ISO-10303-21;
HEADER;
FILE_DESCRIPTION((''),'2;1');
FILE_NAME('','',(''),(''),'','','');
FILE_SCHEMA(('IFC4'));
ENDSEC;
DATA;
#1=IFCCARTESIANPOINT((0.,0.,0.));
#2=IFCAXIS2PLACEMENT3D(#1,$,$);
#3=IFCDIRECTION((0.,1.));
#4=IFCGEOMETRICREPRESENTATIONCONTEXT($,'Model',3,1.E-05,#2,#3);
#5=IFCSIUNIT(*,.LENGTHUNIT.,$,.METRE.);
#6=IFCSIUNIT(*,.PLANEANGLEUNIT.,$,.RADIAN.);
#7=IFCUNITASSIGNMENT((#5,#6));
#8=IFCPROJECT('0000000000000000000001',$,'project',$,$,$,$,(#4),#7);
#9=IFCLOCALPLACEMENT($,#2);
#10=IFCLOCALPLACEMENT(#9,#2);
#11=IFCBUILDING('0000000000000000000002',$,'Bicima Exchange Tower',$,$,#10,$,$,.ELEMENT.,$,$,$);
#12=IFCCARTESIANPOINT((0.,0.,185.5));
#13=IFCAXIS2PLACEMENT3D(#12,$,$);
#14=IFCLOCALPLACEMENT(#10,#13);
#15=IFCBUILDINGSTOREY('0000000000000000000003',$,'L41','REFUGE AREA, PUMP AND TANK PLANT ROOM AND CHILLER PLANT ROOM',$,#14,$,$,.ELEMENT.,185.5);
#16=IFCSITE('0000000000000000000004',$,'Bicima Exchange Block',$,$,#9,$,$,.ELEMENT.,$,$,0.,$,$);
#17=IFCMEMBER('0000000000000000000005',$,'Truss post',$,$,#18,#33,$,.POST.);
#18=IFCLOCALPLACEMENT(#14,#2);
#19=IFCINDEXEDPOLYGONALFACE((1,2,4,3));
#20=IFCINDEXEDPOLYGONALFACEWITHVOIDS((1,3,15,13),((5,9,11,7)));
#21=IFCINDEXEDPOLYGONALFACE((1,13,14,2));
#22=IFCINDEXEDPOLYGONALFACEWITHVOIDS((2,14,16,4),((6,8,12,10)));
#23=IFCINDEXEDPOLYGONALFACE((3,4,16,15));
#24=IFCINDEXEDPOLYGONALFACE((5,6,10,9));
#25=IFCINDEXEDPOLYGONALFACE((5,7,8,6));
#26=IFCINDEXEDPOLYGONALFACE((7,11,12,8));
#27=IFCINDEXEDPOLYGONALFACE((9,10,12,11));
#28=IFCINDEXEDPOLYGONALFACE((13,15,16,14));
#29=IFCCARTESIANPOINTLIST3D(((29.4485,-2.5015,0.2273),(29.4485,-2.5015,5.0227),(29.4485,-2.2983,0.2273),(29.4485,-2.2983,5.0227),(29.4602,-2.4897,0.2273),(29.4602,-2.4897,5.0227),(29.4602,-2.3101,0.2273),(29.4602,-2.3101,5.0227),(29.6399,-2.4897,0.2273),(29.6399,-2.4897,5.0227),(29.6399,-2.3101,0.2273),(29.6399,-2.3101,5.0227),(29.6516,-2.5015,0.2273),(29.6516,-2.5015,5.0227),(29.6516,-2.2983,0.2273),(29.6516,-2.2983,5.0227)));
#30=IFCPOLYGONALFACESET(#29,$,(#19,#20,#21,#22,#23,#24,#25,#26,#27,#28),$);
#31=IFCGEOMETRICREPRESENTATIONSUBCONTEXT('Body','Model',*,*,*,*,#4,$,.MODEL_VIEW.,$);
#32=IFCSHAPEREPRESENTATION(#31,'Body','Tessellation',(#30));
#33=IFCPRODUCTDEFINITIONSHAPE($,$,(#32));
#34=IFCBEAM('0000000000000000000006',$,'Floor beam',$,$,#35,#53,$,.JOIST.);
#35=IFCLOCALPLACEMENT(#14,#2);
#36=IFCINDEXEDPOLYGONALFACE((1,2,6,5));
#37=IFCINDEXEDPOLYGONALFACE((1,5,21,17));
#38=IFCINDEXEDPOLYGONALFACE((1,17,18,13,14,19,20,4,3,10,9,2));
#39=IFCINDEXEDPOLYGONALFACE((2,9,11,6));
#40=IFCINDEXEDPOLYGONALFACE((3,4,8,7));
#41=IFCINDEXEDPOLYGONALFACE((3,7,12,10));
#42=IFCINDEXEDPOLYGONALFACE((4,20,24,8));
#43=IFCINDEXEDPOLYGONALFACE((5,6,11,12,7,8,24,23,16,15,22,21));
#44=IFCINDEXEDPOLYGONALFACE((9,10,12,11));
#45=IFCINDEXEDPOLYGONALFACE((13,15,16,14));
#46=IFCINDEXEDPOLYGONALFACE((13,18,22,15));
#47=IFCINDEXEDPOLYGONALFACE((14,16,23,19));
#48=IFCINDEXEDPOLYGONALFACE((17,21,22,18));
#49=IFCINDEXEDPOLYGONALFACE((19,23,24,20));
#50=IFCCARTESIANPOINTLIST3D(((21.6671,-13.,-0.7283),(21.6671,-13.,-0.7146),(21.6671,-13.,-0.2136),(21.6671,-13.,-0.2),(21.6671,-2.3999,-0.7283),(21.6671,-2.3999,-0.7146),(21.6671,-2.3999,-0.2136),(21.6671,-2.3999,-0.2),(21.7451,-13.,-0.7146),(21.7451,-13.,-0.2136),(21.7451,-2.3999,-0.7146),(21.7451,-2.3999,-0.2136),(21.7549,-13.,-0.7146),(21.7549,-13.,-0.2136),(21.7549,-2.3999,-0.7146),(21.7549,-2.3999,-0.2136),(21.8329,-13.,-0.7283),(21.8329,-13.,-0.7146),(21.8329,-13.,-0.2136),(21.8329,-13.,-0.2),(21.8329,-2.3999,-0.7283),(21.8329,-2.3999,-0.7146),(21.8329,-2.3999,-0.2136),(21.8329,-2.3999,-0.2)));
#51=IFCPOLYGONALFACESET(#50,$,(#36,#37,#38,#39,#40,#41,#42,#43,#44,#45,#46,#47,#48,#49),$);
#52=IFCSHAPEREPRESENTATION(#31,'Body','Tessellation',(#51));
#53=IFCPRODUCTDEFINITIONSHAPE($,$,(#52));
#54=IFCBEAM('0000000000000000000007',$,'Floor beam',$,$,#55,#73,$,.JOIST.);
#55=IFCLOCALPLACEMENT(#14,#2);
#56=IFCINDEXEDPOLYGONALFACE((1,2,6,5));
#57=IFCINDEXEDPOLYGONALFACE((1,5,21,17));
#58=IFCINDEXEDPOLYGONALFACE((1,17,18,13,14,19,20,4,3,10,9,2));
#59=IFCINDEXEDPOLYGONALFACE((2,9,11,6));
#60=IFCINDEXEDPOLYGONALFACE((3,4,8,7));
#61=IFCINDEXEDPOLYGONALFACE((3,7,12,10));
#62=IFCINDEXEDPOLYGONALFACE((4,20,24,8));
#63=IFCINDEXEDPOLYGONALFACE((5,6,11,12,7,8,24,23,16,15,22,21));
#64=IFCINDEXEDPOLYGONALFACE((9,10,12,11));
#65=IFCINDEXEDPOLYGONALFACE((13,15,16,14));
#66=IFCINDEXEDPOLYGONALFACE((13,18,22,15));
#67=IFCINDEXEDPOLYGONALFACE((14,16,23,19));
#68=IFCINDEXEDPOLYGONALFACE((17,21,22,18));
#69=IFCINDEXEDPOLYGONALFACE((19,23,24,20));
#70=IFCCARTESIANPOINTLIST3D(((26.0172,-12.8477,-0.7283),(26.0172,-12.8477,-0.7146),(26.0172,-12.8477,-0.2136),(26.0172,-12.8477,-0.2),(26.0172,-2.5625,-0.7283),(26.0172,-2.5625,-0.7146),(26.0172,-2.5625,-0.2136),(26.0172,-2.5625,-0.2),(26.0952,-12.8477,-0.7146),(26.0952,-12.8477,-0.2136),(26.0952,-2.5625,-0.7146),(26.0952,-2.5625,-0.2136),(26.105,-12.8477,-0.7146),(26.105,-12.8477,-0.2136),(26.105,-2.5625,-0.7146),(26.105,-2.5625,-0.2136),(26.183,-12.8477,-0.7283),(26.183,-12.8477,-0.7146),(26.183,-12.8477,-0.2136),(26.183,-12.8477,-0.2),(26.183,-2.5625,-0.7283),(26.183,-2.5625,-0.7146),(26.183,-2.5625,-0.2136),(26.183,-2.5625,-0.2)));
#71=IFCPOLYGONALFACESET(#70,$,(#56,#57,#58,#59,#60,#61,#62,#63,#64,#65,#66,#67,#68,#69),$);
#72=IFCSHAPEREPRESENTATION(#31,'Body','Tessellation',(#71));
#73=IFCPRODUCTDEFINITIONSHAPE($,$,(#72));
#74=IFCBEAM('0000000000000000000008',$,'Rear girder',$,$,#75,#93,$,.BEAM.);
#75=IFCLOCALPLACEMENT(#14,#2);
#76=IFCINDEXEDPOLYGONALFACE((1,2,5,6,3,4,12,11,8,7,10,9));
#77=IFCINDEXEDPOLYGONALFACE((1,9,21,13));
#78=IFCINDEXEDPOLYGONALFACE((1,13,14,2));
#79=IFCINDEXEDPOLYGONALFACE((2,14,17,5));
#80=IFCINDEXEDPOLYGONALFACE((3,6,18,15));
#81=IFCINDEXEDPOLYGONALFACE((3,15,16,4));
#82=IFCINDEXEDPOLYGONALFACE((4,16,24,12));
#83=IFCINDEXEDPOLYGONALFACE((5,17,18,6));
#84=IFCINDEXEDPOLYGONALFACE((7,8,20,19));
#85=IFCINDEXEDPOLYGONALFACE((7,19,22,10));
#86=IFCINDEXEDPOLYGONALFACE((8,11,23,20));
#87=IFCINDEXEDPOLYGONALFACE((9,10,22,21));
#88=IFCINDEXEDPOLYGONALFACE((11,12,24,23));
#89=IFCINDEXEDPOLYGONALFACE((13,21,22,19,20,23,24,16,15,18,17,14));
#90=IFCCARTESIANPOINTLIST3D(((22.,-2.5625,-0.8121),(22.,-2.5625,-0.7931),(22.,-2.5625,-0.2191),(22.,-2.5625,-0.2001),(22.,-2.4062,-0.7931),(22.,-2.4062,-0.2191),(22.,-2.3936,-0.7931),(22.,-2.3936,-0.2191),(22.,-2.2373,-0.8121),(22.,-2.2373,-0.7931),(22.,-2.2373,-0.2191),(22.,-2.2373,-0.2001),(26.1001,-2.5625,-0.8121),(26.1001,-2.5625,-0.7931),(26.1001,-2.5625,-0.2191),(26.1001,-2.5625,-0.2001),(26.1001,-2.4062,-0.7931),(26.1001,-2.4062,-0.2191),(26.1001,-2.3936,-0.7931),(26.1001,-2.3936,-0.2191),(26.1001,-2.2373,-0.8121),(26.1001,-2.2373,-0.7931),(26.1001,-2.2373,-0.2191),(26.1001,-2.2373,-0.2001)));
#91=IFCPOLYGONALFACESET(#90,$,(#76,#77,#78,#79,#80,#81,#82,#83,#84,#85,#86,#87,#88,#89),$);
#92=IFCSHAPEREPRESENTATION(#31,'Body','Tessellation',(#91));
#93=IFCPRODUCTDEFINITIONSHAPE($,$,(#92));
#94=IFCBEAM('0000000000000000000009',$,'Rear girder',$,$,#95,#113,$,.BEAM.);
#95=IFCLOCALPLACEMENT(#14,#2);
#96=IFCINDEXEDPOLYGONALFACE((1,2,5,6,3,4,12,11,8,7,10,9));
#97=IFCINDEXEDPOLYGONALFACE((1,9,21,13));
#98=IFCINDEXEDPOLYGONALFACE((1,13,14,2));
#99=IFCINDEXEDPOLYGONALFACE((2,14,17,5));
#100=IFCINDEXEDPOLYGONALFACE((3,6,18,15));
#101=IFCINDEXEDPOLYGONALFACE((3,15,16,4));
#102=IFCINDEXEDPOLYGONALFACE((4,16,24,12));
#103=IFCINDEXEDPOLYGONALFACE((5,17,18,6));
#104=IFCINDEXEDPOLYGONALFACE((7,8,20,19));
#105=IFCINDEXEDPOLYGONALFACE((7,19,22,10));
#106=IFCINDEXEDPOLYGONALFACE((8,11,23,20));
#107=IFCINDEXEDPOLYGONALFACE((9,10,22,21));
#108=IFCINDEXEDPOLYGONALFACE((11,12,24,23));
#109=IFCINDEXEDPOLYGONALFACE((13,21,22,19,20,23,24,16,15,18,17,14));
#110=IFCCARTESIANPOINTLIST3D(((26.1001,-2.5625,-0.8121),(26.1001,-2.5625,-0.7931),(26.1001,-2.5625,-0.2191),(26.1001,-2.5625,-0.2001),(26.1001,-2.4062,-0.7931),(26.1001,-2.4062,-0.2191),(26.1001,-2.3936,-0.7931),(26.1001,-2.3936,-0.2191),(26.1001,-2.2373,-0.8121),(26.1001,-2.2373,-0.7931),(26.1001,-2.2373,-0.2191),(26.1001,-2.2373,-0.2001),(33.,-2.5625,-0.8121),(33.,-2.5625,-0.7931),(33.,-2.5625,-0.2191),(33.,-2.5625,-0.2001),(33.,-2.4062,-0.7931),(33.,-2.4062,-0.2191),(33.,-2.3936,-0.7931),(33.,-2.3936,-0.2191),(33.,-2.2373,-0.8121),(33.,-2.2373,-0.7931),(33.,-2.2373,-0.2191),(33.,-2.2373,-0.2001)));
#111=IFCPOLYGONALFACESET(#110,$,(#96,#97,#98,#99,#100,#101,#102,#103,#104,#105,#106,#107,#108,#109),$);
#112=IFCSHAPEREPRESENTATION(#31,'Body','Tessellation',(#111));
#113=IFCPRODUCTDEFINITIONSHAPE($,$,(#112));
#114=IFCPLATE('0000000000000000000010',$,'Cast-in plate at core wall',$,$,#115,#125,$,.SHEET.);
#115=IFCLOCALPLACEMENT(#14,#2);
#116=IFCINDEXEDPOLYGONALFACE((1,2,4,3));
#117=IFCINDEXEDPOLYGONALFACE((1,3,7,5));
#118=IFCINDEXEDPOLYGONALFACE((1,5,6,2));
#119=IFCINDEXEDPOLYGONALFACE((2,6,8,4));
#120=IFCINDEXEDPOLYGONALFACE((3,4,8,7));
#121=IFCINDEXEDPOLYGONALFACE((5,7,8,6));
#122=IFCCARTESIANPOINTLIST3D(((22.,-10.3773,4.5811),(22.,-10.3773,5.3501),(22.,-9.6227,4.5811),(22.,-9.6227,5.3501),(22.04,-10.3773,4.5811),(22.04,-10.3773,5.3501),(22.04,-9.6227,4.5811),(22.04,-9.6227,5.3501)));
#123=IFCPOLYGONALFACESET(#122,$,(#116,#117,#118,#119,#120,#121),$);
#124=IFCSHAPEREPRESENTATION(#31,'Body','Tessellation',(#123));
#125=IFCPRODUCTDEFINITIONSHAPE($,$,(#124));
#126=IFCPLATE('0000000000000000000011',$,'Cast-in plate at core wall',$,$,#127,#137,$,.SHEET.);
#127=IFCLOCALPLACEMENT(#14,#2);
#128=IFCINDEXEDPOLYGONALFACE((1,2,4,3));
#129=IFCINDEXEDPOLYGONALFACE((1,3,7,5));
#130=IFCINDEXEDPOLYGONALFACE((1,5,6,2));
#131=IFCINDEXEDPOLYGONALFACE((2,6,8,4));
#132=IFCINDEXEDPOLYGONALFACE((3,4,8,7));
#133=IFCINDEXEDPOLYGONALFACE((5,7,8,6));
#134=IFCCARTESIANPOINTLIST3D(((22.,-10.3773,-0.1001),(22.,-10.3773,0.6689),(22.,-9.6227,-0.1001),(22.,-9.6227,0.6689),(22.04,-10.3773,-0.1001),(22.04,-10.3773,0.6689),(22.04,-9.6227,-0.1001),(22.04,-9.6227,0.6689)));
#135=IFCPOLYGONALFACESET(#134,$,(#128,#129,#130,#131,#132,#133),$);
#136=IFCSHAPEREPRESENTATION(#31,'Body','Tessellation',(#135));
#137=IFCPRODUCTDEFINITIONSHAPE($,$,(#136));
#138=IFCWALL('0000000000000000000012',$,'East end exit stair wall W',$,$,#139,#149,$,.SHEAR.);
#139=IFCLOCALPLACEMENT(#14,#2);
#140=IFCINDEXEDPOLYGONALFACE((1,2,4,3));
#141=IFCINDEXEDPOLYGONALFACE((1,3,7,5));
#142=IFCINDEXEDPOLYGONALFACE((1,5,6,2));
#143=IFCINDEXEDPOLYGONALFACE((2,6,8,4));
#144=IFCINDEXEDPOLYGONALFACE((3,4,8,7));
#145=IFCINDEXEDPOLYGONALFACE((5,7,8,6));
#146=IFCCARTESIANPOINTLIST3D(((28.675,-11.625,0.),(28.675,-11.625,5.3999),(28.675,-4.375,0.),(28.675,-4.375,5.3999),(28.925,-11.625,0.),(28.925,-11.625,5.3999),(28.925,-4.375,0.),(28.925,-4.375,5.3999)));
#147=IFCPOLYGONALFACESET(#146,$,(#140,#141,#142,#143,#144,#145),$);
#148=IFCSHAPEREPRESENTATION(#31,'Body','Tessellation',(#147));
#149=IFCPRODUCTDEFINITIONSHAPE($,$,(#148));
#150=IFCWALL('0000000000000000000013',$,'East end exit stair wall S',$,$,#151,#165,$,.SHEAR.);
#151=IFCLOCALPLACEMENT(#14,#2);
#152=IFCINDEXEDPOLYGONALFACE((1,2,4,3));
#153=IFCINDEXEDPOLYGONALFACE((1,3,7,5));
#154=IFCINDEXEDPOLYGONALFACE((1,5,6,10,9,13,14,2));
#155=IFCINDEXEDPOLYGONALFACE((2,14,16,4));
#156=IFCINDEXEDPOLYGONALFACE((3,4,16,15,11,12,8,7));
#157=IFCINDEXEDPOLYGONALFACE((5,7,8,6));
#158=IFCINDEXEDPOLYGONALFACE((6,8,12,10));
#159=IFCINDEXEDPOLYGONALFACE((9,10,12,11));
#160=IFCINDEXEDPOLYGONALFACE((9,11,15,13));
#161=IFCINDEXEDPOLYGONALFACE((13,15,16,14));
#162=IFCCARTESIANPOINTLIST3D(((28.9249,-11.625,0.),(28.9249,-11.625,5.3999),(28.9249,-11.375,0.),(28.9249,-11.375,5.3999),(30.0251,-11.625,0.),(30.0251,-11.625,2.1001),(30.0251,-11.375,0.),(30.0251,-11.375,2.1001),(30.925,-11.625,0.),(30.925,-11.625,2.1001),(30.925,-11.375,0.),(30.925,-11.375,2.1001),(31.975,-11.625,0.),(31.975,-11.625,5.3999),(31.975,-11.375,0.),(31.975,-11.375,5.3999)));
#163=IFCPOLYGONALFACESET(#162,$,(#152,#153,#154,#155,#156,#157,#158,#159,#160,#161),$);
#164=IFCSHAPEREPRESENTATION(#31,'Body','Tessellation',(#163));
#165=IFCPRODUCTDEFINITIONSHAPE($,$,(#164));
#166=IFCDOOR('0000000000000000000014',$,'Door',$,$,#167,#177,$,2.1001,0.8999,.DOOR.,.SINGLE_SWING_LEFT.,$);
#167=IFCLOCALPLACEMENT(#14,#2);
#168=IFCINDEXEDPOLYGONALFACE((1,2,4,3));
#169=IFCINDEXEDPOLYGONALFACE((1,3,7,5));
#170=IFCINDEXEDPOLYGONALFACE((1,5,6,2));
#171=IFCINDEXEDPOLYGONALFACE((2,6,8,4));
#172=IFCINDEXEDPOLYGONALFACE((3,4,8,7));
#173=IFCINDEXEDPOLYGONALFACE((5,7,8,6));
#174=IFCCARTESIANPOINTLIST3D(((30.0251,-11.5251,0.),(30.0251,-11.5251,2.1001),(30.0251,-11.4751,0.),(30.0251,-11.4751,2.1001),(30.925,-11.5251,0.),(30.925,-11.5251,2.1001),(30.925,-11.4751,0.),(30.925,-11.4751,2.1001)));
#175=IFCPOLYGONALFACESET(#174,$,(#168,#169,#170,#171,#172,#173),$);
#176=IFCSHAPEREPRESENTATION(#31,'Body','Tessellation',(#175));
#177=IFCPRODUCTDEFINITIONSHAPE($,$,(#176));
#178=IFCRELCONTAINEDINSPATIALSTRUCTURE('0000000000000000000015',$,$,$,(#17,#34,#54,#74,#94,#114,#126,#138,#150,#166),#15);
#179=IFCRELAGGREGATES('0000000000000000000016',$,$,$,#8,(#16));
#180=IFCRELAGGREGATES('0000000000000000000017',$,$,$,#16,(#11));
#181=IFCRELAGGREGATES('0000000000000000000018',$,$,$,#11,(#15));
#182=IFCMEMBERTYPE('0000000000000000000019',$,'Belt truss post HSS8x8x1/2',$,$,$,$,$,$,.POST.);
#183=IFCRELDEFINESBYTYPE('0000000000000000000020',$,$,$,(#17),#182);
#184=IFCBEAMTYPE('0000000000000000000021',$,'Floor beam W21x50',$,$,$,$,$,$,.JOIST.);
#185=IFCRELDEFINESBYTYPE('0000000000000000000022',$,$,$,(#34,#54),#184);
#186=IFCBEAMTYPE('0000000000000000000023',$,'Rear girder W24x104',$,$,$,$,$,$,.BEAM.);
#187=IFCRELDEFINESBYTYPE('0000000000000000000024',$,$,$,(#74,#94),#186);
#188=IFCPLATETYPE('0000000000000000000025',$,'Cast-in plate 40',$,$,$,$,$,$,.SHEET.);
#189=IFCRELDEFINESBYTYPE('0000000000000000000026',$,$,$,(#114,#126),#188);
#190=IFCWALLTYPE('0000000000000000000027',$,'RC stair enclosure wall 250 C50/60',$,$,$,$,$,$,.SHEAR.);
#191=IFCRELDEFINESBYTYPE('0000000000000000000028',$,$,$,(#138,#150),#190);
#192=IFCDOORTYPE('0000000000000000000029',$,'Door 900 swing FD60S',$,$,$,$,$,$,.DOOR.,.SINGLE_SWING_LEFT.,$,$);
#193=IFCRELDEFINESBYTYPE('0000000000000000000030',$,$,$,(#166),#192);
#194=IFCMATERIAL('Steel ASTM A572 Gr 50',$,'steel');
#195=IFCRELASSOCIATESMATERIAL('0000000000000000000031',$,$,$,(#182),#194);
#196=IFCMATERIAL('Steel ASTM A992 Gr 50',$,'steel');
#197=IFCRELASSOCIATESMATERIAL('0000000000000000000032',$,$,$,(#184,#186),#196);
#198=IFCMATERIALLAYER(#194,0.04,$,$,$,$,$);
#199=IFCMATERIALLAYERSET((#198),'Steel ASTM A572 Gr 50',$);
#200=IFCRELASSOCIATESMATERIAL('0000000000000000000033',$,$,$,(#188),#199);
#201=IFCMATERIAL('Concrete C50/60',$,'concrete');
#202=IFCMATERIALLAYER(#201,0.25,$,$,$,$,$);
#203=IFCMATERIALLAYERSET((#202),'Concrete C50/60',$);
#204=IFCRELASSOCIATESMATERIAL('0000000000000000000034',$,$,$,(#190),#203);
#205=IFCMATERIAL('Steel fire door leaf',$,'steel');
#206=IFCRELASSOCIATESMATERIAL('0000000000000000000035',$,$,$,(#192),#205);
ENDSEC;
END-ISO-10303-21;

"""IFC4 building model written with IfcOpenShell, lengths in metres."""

from ifc_helpers import new_model, si_unit, direction, frame, frame_2d, origin, origin_2d, place, context, subcontext, project, spatial, rectangle, hollow_rectangle, i_section, extrude, material, layer, layer_set, material_profile, profile_set, type_object, element, fill, save


model = new_model("IFC4")

# Units and contexts
model_context = context("Model", 3, precision=1e-05, world=origin(), true_north=direction((0.0, 1.0)))
body_context = subcontext(model_context, "Body", "Model", "MODEL_VIEW")
ifc_project = project(units=[si_unit("LENGTHUNIT", "METRE"), si_unit("PLANEANGLEUNIT", "RADIAN")], contexts=[model_context])

# Site, building, storey
site_placement = place(None, origin())
site = spatial("IfcSite", under=ifc_project, at=site_placement, Name="Bicima Exchange Block", CompositionType="ELEMENT", RefElevation=0.0)
building_placement = place(site_placement, origin())
building = spatial("IfcBuilding", under=site, at=building_placement, Name="Bicima Exchange Tower", CompositionType="ELEMENT")
storey_placement = place(building_placement, frame((0.0, 0.0, 185.5)))
storey = spatial("IfcBuildingStorey", under=building, at=storey_placement, Name="L41", Description="REFUGE AREA, PUMP AND TANK PLANT ROOM AND CHILLER PLANT ROOM", CompositionType="ELEMENT", Elevation=185.5)

# Shared definitions
ifc_material_1 = material(Name="Steel ASTM A992 Gr 50", Category="steel")

# Member
ifc_material_2 = material(Name="Steel ASTM A572 Gr 50", Category="steel")
ifc_material_profile_1 = material_profile(ifc_material_2, hollow_rectangle(XDim=0.2031, YDim=0.2031, WallThickness=0.0117, at=origin_2d()))
ifc_profile_set_1 = profile_set([ifc_material_profile_1], Name="Steel ASTM A572 Gr 50")
member_type_1 = type_object("IfcMemberType", Name="Belt truss post HSS8x8x1/2", PredefinedType="POST", material=ifc_profile_set_1)
member_1_placement = place(storey_placement, frame((29.55, -2.3999, 0.2273), z_axis=(0.0, 0.0, 1.0), x_axis=(1.0, 0.0, 0.0)))
element("IfcMember", 1, at=member_1_placement, inside=storey, type_object=member_type_1, Name="Truss post", PredefinedType="POST", context=body_context, shape_type="SweptSolid", body=[
    extrude(hollow_rectangle(XDim=0.2031, YDim=0.2031, WallThickness=0.0117, at=origin_2d()), origin(), (0.0, 0.0, 1.0), 4.7954),
])

# Beams
ifc_material_profile_2 = material_profile(ifc_material_1, i_section(OverallWidth=0.1658, OverallDepth=0.5283, WebThickness=0.0098, FlangeThickness=0.0137, at=origin_2d()))
ifc_profile_set_2 = profile_set([ifc_material_profile_2], Name="Steel ASTM A992 Gr 50")
beam_type_1 = type_object("IfcBeamType", Name="Floor beam W21x50", PredefinedType="JOIST", material=ifc_profile_set_2)
beam_1_placement = place(storey_placement, frame((21.75, -2.3999, -0.4641), z_axis=(0.0, -1.0, 0.0), x_axis=(1.0, 0.0, 0.0)))
element("IfcBeam", 2, at=beam_1_placement, inside=storey, type_object=beam_type_1, Name="Floor beam", PredefinedType="JOIST", context=body_context, shape_type="SweptSolid", body=[
    extrude(i_section(OverallWidth=0.1658, OverallDepth=0.5283, WebThickness=0.0098, FlangeThickness=0.0137, at=origin_2d()), origin(), (0.0, 0.0, 1.0), 10.6001),
])
beam_2_placement = place(storey_placement, frame((26.1001, -2.5625, -0.4641), z_axis=(0.0, -1.0, 0.0), x_axis=(1.0, 0.0, 0.0)))
element("IfcBeam", 3, at=beam_2_placement, inside=storey, type_object=beam_type_1, Name="Floor beam", PredefinedType="JOIST", context=body_context, shape_type="SweptSolid", body=[
    extrude(i_section(OverallWidth=0.1658, OverallDepth=0.5283, WebThickness=0.0098, FlangeThickness=0.0137, at=origin_2d()), origin(), (0.0, 0.0, 1.0), 10.2852),
])
ifc_material_profile_3 = material_profile(ifc_material_1, i_section(OverallWidth=0.3252, OverallDepth=0.6121, WebThickness=0.0127, FlangeThickness=0.019, at=origin_2d()))
ifc_profile_set_3 = profile_set([ifc_material_profile_3], Name="Steel ASTM A992 Gr 50")
beam_type_2 = type_object("IfcBeamType", Name="Rear girder W24x104", PredefinedType="BEAM", material=ifc_profile_set_3)
beam_3_placement = place(storey_placement, frame((22.0, -2.3999, -0.5061), z_axis=(1.0, 0.0, 0.0), x_axis=(0.0, 1.0, 0.0)))
element("IfcBeam", 4, at=beam_3_placement, inside=storey, type_object=beam_type_2, Name="Rear girder", PredefinedType="BEAM", context=body_context, shape_type="SweptSolid", body=[
    extrude(i_section(OverallWidth=0.3252, OverallDepth=0.6121, WebThickness=0.0127, FlangeThickness=0.019, at=origin_2d()), origin(), (0.0, 0.0, 1.0), 4.1001),
])
beam_4_placement = place(storey_placement, frame((26.1001, -2.3999, -0.5061), z_axis=(1.0, 0.0, 0.0), x_axis=(0.0, 1.0, 0.0)))
element("IfcBeam", 5, at=beam_4_placement, inside=storey, type_object=beam_type_2, Name="Rear girder", PredefinedType="BEAM", context=body_context, shape_type="SweptSolid", body=[
    extrude(i_section(OverallWidth=0.3252, OverallDepth=0.6121, WebThickness=0.0127, FlangeThickness=0.019, at=origin_2d()), origin(), (0.0, 0.0, 1.0), 6.8999),
])

# Plates
ifc_layer_1 = layer(ifc_material_2, 0.04)
ifc_layer_set_1 = layer_set([ifc_layer_1], Name="Steel ASTM A572 Gr 50")
plate_type = type_object("IfcPlateType", Name="Cast-in plate 40", PredefinedType="SHEET", material=ifc_layer_set_1)
for number, where, z_axis, x_axis, name in (
    (6, (22.02, -10.0, 4.5811), (0.0, 0.0, 1.0), (1.0, 0.0, 0.0), "Cast-in plate at core wall"),
    (7, (22.02, -10.0, -0.1001), (0.0, 0.0, 1.0), (1.0, 0.0, 0.0), "Cast-in plate at core wall"),
):
    element("IfcPlate", number, at=place(storey_placement, frame(where, z_axis=z_axis, x_axis=x_axis)), inside=storey, type_object=plate_type, Name=name, PredefinedType="SHEET", context=body_context, shape_type="SweptSolid", body=[
        extrude(rectangle(XDim=0.04, YDim=0.7546, at=origin_2d()), origin(), (0.0, 0.0, 1.0), 0.769),
    ])

# Wall
ifc_material_3 = material(Name="Concrete C50/60", Category="concrete")
ifc_layer_2 = layer(ifc_material_3, 0.25)
ifc_layer_set_2 = layer_set([ifc_layer_2], Name="Concrete C50/60")
wall_type_1 = type_object("IfcWallType", Name="RC stair enclosure wall 250 C50/60", PredefinedType="SHEAR", material=ifc_layer_set_2)
wall_1_placement = place(storey_placement, frame((28.8, -11.625, 0.0), z_axis=(0.0, 0.0, 1.0), x_axis=(0.0, 1.0, 0.0)))
element("IfcWall", 8, at=wall_1_placement, inside=storey, type_object=wall_type_1, Name="East end exit stair wall W", PredefinedType="SHEAR", context=body_context, shape_type="SweptSolid", body=[
    extrude(rectangle(XDim=7.25, YDim=0.25, at=frame_2d((3.625, 0.0))), origin(), (0.0, 0.0, 1.0), 5.3999),
])

# Wall, opening, door
wall_2_placement = place(storey_placement, frame((28.925, -11.5, 0.0), z_axis=(0.0, 0.0, 1.0), x_axis=(1.0, 0.0, 0.0)))
wall_2 = element("IfcWall", 9, at=wall_2_placement, inside=storey, type_object=wall_type_1, Name="East end exit stair wall S", PredefinedType="SHEAR", context=body_context, shape_type="SweptSolid", body=[
    extrude(rectangle(XDim=3.05, YDim=0.25, at=frame_2d((1.5249, 0.0))), origin(), (0.0, 0.0, 1.0), 5.3999),
])
opening_placement = place(wall_2_placement, frame((1.1001, 0.0, 0.0)))
opening = element("IfcOpeningElement", 10, at=opening_placement, cuts=wall_2, PredefinedType="OPENING", context=body_context, shape_type="SweptSolid", body=[
    extrude(rectangle(XDim=0.8999, YDim=2.1001, at=frame_2d((0.45, 1.05))), frame((0.0, 0.137, 0.0), z_axis=(0.0, -1.0, 0.0), x_axis=(1.0, 0.0, 0.0)), (0.0, 0.0, 1.0), 0.2739),
])
ifc_material_4 = material(Name="Steel fire door leaf", Category="steel")
door_type = type_object("IfcDoorType", Name="Door 900 swing FD60S", OperationType="SINGLE_SWING_LEFT", PredefinedType="DOOR", material=ifc_material_4)
door_placement = place(opening_placement, origin())
door = element("IfcDoor", 11, at=door_placement, inside=storey, type_object=door_type, Name="Door", OperationType="SINGLE_SWING_LEFT", OverallHeight=2.1001, OverallWidth=0.8999, PredefinedType="DOOR", context=body_context, shape_type="SweptSolid", body=[
    extrude(rectangle(XDim=0.8999, YDim=2.1001, at=frame_2d((0.45, 1.05))), frame((0.0, 0.0249, 0.0), z_axis=(0.0, -1.0, 0.0), x_axis=(1.0, 0.0, 0.0)), (0.0, 0.0, 1.0), 0.05),
])
fill(opening, door)

save(model, "model.ifc")
